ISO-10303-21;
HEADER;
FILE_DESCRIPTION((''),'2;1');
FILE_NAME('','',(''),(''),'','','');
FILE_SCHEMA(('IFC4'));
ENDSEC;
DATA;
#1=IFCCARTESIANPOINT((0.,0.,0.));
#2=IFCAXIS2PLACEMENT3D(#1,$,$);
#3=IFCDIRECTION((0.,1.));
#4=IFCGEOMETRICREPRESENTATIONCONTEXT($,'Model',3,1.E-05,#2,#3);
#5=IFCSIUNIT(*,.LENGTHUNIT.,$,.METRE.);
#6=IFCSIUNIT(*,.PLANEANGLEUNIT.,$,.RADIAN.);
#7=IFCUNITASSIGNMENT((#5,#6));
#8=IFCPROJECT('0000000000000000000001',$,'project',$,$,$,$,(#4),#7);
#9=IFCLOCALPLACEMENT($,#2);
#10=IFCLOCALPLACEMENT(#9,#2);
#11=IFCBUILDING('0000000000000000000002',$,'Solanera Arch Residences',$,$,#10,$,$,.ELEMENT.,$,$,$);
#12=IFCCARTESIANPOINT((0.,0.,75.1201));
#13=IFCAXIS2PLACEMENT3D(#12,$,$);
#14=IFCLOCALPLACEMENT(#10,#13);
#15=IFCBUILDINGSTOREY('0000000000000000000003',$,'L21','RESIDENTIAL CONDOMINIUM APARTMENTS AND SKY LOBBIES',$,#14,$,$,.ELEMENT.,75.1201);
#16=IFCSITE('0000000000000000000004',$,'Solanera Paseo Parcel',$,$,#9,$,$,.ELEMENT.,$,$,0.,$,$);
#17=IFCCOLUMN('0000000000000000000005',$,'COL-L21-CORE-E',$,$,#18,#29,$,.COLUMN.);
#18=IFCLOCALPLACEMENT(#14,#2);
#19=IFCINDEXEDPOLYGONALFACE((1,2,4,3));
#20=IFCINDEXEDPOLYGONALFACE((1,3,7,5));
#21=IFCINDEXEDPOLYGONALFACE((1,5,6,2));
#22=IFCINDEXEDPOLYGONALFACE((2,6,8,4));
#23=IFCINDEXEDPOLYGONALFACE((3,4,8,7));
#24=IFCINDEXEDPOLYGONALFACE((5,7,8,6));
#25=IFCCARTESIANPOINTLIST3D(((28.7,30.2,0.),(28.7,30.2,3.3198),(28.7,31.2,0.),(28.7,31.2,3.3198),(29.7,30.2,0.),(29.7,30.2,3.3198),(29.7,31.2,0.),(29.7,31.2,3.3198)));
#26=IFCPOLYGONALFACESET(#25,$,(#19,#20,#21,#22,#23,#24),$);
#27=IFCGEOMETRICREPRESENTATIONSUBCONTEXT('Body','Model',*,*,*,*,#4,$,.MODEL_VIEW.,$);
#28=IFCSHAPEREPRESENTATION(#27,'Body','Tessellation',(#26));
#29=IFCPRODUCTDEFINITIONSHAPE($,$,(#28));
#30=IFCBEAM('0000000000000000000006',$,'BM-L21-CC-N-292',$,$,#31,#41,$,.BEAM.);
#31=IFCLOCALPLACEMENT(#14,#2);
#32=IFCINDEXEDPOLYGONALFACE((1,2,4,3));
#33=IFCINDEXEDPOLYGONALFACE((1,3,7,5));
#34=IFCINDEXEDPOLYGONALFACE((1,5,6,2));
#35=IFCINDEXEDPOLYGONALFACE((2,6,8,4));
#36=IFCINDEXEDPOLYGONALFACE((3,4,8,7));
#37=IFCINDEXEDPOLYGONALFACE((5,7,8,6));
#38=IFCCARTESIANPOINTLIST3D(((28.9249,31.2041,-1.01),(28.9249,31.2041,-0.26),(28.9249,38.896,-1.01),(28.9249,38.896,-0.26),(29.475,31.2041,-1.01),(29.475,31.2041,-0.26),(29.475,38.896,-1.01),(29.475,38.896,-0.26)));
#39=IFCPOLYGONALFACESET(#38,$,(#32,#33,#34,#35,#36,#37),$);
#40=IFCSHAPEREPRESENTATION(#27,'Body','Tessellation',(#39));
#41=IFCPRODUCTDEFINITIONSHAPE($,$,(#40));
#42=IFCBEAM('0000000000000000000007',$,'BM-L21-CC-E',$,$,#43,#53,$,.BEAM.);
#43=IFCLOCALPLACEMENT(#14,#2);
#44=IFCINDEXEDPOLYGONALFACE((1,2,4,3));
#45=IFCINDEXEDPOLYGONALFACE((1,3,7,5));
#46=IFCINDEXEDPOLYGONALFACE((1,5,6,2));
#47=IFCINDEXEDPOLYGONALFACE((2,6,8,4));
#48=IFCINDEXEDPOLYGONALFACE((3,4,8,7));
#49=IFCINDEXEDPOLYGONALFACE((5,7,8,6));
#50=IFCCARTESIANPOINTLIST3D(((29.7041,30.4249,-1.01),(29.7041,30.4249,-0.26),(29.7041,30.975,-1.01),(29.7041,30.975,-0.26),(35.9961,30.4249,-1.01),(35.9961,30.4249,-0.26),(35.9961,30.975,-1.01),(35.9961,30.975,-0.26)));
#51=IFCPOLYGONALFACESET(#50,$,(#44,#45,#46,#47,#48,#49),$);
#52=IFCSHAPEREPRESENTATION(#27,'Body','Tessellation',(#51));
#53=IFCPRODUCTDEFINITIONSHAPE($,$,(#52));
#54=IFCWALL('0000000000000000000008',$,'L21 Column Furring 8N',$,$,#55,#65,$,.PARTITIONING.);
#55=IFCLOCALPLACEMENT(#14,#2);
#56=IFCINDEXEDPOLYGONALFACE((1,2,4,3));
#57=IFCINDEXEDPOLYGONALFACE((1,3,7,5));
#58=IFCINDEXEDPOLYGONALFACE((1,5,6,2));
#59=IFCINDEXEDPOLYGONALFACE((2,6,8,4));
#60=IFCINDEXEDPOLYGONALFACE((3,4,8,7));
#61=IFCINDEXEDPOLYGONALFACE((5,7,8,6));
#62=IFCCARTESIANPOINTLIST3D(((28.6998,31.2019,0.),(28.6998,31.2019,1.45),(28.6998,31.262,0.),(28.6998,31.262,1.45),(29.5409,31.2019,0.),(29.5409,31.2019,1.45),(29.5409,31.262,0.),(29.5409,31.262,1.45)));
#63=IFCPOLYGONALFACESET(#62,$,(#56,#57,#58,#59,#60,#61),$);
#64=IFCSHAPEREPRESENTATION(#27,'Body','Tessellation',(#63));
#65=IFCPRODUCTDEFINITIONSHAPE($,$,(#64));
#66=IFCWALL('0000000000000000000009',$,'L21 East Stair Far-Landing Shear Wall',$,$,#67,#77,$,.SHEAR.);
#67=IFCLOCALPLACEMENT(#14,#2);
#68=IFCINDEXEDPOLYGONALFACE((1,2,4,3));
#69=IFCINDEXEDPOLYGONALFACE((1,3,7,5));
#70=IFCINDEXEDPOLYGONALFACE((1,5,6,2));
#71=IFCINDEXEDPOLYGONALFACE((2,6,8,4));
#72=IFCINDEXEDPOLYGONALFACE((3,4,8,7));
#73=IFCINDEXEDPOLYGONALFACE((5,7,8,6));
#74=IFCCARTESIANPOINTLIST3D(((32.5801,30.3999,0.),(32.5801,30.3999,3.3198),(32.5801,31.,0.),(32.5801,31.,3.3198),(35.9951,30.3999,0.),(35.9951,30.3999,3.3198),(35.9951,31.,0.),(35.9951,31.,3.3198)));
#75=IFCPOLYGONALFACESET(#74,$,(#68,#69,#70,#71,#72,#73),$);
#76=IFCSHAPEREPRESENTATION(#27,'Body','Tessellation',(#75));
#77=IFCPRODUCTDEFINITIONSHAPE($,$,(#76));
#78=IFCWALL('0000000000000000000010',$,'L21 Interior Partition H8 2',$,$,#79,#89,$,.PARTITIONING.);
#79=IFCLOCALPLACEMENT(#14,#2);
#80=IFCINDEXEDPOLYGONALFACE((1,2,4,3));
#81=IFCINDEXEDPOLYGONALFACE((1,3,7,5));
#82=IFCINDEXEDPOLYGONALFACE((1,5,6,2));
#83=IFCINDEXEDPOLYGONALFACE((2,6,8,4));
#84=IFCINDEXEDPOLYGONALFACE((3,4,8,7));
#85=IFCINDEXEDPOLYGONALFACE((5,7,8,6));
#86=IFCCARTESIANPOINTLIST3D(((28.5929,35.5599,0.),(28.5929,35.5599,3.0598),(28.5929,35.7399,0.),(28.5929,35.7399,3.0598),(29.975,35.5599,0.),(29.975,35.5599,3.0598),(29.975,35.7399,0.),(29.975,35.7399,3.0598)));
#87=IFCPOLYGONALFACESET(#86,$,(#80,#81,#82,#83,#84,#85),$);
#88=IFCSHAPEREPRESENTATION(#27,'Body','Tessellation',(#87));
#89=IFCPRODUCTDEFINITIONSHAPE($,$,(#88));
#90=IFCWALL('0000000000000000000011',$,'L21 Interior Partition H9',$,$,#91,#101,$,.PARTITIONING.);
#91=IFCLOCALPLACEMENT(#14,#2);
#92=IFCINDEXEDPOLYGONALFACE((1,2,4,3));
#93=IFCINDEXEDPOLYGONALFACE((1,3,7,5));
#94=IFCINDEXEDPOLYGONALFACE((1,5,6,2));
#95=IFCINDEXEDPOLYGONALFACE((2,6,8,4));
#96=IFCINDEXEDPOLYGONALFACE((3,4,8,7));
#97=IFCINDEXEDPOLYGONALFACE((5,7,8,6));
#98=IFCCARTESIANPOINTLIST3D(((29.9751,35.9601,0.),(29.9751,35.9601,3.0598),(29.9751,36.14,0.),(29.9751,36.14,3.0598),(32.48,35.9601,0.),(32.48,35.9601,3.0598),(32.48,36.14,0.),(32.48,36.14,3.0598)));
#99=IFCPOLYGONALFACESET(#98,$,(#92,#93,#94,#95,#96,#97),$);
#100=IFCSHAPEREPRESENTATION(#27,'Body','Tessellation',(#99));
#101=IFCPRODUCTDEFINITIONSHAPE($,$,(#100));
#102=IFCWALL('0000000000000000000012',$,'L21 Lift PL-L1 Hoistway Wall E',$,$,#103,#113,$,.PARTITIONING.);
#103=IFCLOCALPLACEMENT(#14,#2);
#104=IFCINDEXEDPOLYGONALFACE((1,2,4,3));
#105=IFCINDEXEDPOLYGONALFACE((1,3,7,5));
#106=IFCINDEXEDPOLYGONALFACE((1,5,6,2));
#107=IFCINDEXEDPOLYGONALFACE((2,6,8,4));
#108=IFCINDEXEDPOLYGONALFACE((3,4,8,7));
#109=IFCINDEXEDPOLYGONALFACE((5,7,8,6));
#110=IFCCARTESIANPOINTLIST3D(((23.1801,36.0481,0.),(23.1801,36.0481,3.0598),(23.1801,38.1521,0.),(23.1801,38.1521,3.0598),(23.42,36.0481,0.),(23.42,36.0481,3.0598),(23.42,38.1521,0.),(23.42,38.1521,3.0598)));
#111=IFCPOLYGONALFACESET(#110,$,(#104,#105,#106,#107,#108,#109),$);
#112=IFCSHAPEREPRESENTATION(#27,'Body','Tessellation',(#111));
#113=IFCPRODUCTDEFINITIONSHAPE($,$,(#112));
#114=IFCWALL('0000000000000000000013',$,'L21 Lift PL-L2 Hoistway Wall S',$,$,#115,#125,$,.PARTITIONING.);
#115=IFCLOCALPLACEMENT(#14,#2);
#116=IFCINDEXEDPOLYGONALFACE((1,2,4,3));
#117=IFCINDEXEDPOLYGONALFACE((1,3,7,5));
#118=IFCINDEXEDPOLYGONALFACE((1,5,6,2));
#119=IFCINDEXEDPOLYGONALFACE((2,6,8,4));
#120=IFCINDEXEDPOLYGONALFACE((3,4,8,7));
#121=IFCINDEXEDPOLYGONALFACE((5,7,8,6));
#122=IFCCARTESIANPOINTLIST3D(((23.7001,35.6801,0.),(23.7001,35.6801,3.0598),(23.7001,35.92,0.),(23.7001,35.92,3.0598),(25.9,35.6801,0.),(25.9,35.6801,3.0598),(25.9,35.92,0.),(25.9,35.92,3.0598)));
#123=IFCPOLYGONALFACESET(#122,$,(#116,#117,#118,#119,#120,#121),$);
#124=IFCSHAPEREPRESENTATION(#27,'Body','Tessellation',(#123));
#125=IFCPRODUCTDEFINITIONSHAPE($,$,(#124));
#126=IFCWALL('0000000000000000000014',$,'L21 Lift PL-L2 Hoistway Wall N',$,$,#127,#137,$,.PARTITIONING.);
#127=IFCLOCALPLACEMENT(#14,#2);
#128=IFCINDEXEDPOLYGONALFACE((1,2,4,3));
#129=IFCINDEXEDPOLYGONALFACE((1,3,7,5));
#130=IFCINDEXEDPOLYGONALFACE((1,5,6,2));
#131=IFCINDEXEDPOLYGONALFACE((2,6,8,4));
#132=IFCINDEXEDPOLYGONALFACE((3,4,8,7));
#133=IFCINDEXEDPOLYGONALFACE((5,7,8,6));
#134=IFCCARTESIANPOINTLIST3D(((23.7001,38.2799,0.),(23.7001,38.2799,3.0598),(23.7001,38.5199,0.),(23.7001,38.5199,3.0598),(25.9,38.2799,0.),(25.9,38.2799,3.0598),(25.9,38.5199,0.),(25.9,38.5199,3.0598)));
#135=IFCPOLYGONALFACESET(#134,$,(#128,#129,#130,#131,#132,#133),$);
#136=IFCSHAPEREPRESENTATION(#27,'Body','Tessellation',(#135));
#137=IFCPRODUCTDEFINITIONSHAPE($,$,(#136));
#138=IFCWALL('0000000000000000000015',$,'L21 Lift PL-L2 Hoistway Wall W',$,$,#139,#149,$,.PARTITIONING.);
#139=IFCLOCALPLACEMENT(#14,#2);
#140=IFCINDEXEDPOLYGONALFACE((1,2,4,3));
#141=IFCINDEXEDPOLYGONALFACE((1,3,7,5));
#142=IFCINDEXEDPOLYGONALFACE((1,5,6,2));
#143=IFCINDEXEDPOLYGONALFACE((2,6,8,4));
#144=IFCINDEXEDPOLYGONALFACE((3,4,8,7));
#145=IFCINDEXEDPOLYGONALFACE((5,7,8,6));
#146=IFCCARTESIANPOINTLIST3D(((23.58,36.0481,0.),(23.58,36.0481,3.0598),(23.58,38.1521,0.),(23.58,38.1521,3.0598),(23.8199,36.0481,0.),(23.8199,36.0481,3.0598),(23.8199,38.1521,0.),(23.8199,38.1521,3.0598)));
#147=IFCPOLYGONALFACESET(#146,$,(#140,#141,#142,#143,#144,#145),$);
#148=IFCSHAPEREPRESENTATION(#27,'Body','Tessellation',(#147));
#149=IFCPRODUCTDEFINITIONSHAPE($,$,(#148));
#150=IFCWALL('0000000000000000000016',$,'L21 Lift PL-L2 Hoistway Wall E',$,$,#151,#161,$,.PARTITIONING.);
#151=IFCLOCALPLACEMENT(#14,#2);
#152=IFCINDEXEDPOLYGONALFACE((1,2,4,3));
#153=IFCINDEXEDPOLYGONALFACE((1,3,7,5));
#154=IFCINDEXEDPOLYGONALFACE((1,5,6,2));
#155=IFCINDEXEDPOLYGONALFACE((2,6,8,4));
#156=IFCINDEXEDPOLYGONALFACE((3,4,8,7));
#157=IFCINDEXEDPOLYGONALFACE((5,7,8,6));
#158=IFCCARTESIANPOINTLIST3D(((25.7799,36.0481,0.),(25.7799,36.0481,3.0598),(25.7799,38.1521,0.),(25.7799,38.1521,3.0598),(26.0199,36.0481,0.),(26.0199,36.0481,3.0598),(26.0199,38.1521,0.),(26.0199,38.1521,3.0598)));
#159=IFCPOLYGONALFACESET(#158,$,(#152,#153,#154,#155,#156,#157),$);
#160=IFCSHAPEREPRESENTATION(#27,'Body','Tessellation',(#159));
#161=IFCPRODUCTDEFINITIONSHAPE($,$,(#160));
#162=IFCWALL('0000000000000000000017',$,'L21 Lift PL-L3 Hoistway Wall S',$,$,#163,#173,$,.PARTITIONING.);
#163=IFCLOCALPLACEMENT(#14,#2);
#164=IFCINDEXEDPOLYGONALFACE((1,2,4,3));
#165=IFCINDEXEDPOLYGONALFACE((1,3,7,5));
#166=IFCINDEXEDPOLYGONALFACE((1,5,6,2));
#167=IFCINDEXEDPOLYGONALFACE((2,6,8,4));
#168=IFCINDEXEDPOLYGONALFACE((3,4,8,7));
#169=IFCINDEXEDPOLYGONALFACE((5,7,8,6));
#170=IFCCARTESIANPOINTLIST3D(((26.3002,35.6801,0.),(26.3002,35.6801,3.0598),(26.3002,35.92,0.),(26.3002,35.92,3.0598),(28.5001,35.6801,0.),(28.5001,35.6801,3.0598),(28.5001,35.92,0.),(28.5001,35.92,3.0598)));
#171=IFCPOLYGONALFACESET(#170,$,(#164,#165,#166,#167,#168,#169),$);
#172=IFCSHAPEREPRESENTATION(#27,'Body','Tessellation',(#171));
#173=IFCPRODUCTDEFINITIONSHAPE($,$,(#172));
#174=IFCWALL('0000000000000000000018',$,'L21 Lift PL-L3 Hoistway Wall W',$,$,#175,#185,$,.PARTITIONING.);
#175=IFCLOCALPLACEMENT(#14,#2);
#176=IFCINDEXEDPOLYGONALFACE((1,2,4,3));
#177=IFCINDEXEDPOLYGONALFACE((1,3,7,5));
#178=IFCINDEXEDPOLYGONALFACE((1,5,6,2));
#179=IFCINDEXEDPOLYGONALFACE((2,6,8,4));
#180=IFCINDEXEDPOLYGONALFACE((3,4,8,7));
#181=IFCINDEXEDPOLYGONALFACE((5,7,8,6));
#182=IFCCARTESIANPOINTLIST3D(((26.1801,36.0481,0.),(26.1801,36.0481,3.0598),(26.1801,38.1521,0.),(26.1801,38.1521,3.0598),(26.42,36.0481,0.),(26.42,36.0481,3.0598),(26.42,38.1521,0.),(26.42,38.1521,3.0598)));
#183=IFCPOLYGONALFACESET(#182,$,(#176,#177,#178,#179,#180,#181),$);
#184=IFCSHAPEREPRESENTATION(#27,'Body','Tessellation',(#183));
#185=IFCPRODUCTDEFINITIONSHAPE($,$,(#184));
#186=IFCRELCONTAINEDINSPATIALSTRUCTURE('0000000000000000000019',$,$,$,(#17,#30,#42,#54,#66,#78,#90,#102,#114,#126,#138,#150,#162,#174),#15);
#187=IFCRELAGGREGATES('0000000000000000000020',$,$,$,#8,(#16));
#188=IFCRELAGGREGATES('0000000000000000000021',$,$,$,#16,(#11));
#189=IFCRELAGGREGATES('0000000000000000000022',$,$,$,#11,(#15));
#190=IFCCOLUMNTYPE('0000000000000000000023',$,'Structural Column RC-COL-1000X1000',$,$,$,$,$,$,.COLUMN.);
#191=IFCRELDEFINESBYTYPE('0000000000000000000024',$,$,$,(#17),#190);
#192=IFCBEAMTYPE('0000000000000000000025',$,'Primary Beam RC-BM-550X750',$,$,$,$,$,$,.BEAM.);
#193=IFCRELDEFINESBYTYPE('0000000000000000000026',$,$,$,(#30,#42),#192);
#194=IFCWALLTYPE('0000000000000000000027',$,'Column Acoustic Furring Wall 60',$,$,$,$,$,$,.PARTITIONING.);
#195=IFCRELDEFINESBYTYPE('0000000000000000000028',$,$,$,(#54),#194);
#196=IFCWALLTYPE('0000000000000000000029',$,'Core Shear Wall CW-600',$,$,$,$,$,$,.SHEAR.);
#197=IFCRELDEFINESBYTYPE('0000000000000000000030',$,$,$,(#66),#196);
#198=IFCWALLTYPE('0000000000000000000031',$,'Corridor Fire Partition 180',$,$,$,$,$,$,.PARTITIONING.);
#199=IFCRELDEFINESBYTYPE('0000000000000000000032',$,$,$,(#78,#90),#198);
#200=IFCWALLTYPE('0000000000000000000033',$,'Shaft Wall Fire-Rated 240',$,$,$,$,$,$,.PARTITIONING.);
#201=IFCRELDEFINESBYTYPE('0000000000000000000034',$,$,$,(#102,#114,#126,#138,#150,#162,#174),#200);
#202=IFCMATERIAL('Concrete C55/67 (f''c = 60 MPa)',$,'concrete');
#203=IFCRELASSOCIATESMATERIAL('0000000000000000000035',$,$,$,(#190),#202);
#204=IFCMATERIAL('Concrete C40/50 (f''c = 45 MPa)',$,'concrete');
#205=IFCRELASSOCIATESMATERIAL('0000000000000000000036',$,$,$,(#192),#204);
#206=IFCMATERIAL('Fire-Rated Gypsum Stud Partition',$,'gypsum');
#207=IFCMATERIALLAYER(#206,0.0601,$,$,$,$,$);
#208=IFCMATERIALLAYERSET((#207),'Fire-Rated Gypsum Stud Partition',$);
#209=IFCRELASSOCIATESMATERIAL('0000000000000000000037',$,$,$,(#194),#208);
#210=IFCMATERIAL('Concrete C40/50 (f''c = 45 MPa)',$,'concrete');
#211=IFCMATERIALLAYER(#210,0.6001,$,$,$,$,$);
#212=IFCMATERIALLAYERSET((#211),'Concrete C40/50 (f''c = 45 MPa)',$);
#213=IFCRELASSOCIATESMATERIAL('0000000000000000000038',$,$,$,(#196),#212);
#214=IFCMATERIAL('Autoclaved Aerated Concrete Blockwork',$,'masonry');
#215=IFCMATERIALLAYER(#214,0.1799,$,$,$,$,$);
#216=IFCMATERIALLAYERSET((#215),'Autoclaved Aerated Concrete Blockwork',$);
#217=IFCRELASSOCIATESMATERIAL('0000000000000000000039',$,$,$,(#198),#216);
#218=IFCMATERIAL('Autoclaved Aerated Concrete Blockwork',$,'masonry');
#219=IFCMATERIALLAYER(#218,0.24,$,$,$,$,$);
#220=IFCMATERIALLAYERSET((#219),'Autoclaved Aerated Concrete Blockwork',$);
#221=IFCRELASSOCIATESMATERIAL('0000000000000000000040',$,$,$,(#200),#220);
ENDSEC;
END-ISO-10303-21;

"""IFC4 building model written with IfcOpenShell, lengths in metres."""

from ifc_helpers import new_model, si_unit, direction, frame, frame_2d, origin, origin_2d, place, context, subcontext, project, spatial, rectangle, extrude, material, layer, layer_set, material_profile, profile_set, type_object, element, save


model = new_model("IFC4")

# Units and contexts
model_context = context("Model", 3, precision=1e-05, world=origin(), true_north=direction((0.0, 1.0)))
body_context = subcontext(model_context, "Body", "Model", "MODEL_VIEW")
ifc_project = project(units=[si_unit("LENGTHUNIT", "METRE"), si_unit("PLANEANGLEUNIT", "RADIAN")], contexts=[model_context])

# Site, building, storey
site_placement = place(None, origin())
site = spatial("IfcSite", under=ifc_project, at=site_placement, Name="Solanera Paseo Parcel", CompositionType="ELEMENT", RefElevation=0.0)
building_placement = place(site_placement, origin())
building = spatial("IfcBuilding", under=site, at=building_placement, Name="Solanera Arch Residences", CompositionType="ELEMENT")
storey_placement = place(building_placement, frame((0.0, 0.0, 75.1201)))
storey = spatial("IfcBuildingStorey", under=building, at=storey_placement, Name="L21", Description="RESIDENTIAL CONDOMINIUM APARTMENTS AND SKY LOBBIES", CompositionType="ELEMENT", Elevation=75.1201)

# Column
ifc_material_1 = material(Name="Concrete C55/67 (f'c = 60 MPa)", Category="concrete")
ifc_material_profile_1 = material_profile(ifc_material_1, rectangle(XDim=1.0, YDim=1.0, at=origin_2d()))
ifc_profile_set_1 = profile_set([ifc_material_profile_1], Name="Concrete C55/67 (f'c = 60 MPa)")
column_type = type_object("IfcColumnType", Name="Structural Column RC-COL-1000X1000", PredefinedType="COLUMN", material=ifc_profile_set_1)
column_placement = place(storey_placement, frame((29.2, 30.7, 0.0), z_axis=(0.0, 0.0, 1.0), x_axis=(1.0, 0.0, 0.0)))
element("IfcColumn", 1, at=column_placement, inside=storey, type_object=column_type, Name="COL-L21-CORE-E", PredefinedType="COLUMN", context=body_context, shape_type="SweptSolid", body=[
    extrude(rectangle(XDim=1.0, YDim=1.0, at=origin_2d()), origin(), (0.0, 0.0, 1.0), 3.3198),
])

# Beams
ifc_material_2 = material(Name="Concrete C40/50 (f'c = 45 MPa)", Category="concrete")
ifc_material_profile_2 = material_profile(ifc_material_2, rectangle(XDim=0.55, YDim=0.75, at=origin_2d()))
ifc_profile_set_2 = profile_set([ifc_material_profile_2], Name="Concrete C40/50 (f'c = 45 MPa)")
beam_type = type_object("IfcBeamType", Name="Primary Beam RC-BM-550X750", PredefinedType="BEAM", material=ifc_profile_set_2)
beam_1_placement = place(storey_placement, frame((29.2, 31.2041, -0.635), z_axis=(0.0, 1.0, 0.0), x_axis=(-1.0, 0.0, 0.0)))
element("IfcBeam", 2, at=beam_1_placement, inside=storey, type_object=beam_type, Name="BM-L21-CC-N-292", PredefinedType="BEAM", context=body_context, shape_type="SweptSolid", body=[
    extrude(rectangle(XDim=0.55, YDim=0.75, at=origin_2d()), origin(), (0.0, 0.0, 1.0), 7.6919),
])
beam_2_placement = place(storey_placement, frame((29.7041, 30.7, -0.635), z_axis=(1.0, 0.0, 0.0), x_axis=(0.0, 1.0, 0.0)))
element("IfcBeam", 3, at=beam_2_placement, inside=storey, type_object=beam_type, Name="BM-L21-CC-E", PredefinedType="BEAM", context=body_context, shape_type="SweptSolid", body=[
    extrude(rectangle(XDim=0.55, YDim=0.75, at=origin_2d()), origin(), (0.0, 0.0, 1.0), 6.292),
])

# Wall
ifc_material_3 = material(Name="Fire-Rated Gypsum Stud Partition", Category="gypsum")
ifc_layer_1 = layer(ifc_material_3, 0.0601)
ifc_layer_set_1 = layer_set([ifc_layer_1], Name="Fire-Rated Gypsum Stud Partition")
wall_type_1 = type_object("IfcWallType", Name="Column Acoustic Furring Wall 60", PredefinedType="PARTITIONING", material=ifc_layer_set_1)
wall_1_placement = place(storey_placement, frame((28.7, 31.2319, 0.0), z_axis=(0.0, 0.0, 1.0), x_axis=(1.0, 0.0, 0.0)))
element("IfcWall", 4, at=wall_1_placement, inside=storey, type_object=wall_type_1, Name="L21 Column Furring 8N", PredefinedType="PARTITIONING", context=body_context, shape_type="SweptSolid", body=[
    extrude(rectangle(XDim=0.8411, YDim=0.0601, at=frame_2d((0.4204, 0.0))), origin(), (0.0, 0.0, 1.0), 1.45),
])

# Walls
ifc_material_4 = material(Name="Concrete C40/50 (f'c = 45 MPa)", Category="concrete")
ifc_layer_2 = layer(ifc_material_4, 0.6001)
ifc_layer_set_2 = layer_set([ifc_layer_2], Name="Concrete C40/50 (f'c = 45 MPa)")
wall_type_2 = type_object("IfcWallType", Name="Core Shear Wall CW-600", PredefinedType="SHEAR", material=ifc_layer_set_2)
wall_2_placement = place(storey_placement, frame((32.5801, 30.7, 0.0), z_axis=(0.0, 0.0, 1.0), x_axis=(1.0, 0.0, 0.0)))
element("IfcWall", 5, at=wall_2_placement, inside=storey, type_object=wall_type_2, Name="L21 East Stair Far-Landing Shear Wall", PredefinedType="SHEAR", context=body_context, shape_type="SweptSolid", body=[
    extrude(rectangle(XDim=3.415, YDim=0.6001, at=frame_2d((1.7075, 0.0))), origin(), (0.0, 0.0, 1.0), 3.3198),
])
ifc_material_5 = material(Name="Autoclaved Aerated Concrete Blockwork", Category="masonry")
ifc_layer_3 = layer(ifc_material_5, 0.1799)
ifc_layer_set_3 = layer_set([ifc_layer_3], Name="Autoclaved Aerated Concrete Blockwork")
wall_type_3 = type_object("IfcWallType", Name="Corridor Fire Partition 180", PredefinedType="PARTITIONING", material=ifc_layer_set_3)
wall_3_placement = place(storey_placement, frame((28.593, 35.6499, 0.0), z_axis=(0.0, 0.0, 1.0), x_axis=(1.0, 0.0, 0.0)))
element("IfcWall", 6, at=wall_3_placement, inside=storey, type_object=wall_type_3, Name="L21 Interior Partition H8 2", PredefinedType="PARTITIONING", context=body_context, shape_type="SweptSolid", body=[
    extrude(rectangle(XDim=1.3821, YDim=0.1799, at=frame_2d((0.6909, 0.0))), origin(), (0.0, 0.0, 1.0), 3.0598),
])
wall_4_placement = place(storey_placement, frame((29.9751, 36.05, 0.0), z_axis=(0.0, 0.0, 1.0), x_axis=(1.0, 0.0, 0.0)))
element("IfcWall", 7, at=wall_4_placement, inside=storey, type_object=wall_type_3, Name="L21 Interior Partition H9", PredefinedType="PARTITIONING", context=body_context, shape_type="SweptSolid", body=[
    extrude(rectangle(XDim=2.5049, YDim=0.1799, at=frame_2d((1.2524, 0.0))), origin(), (0.0, 0.0, 1.0), 3.0598),
])
ifc_material_6 = material(Name="Autoclaved Aerated Concrete Blockwork", Category="masonry")
ifc_layer_4 = layer(ifc_material_6, 0.24)
ifc_layer_set_4 = layer_set([ifc_layer_4], Name="Autoclaved Aerated Concrete Blockwork")
wall_type_4 = type_object("IfcWallType", Name="Shaft Wall Fire-Rated 240", PredefinedType="PARTITIONING", material=ifc_layer_set_4)
wall_5_placement = place(storey_placement, frame((23.3, 36.0481, 0.0), z_axis=(0.0, 0.0, 1.0), x_axis=(0.0, 1.0, 0.0)))
element("IfcWall", 8, at=wall_5_placement, inside=storey, type_object=wall_type_4, Name="L21 Lift PL-L1 Hoistway Wall E", PredefinedType="PARTITIONING", context=body_context, shape_type="SweptSolid", body=[
    extrude(rectangle(XDim=2.104, YDim=0.24, at=frame_2d((1.052, 0.0))), origin(), (0.0, 0.0, 1.0), 3.0598),
])
for number, where, z_axis, x_axis, name in (
    (9, (23.7, 35.8, 0.0), (0.0, 0.0, 1.0), (1.0, 0.0, 0.0), "L21 Lift PL-L2 Hoistway Wall S"),
    (10, (23.7, 38.3999, 0.0), (0.0, 0.0, 1.0), (1.0, 0.0, 0.0), "L21 Lift PL-L2 Hoistway Wall N"),
):
    element("IfcWall", number, at=place(storey_placement, frame(where, z_axis=z_axis, x_axis=x_axis)), inside=storey, type_object=wall_type_4, Name=name, PredefinedType="PARTITIONING", context=body_context, shape_type="SweptSolid", body=[
        extrude(rectangle(XDim=2.2, YDim=0.24, at=frame_2d((1.1001, 0.0))), origin(), (0.0, 0.0, 1.0), 3.0598),
    ])
for number, where, z_axis, x_axis, name in (
    (11, (23.7, 36.0481, 0.0), (0.0, 0.0, 1.0), (0.0, 1.0, 0.0), "L21 Lift PL-L2 Hoistway Wall W"),
    (12, (25.8999, 36.0481, 0.0), (0.0, 0.0, 1.0), (0.0, 1.0, 0.0), "L21 Lift PL-L2 Hoistway Wall E"),
):
    element("IfcWall", number, at=place(storey_placement, frame(where, z_axis=z_axis, x_axis=x_axis)), inside=storey, type_object=wall_type_4, Name=name, PredefinedType="PARTITIONING", context=body_context, shape_type="SweptSolid", body=[
        extrude(rectangle(XDim=2.104, YDim=0.24, at=frame_2d((1.052, 0.0))), origin(), (0.0, 0.0, 1.0), 3.0598),
    ])
wall_6_placement = place(storey_placement, frame((26.3, 35.8, 0.0), z_axis=(0.0, 0.0, 1.0), x_axis=(1.0, 0.0, 0.0)))
element("IfcWall", 13, at=wall_6_placement, inside=storey, type_object=wall_type_4, Name="L21 Lift PL-L3 Hoistway Wall S", PredefinedType="PARTITIONING", context=body_context, shape_type="SweptSolid", body=[
    extrude(rectangle(XDim=2.2, YDim=0.24, at=frame_2d((1.1001, 0.0))), origin(), (0.0, 0.0, 1.0), 3.0598),
])
for number, where, z_axis, x_axis, name in (
    (14, (26.3, 36.0481, 0.0), (0.0, 0.0, 1.0), (0.0, 1.0, 0.0), "L21 Lift PL-L3 Hoistway Wall W"),
):
    element("IfcWall", number, at=place(storey_placement, frame(where, z_axis=z_axis, x_axis=x_axis)), inside=storey, type_object=wall_type_4, Name=name, PredefinedType="PARTITIONING", context=body_context, shape_type="SweptSolid", body=[
        extrude(rectangle(XDim=2.104, YDim=0.24, at=frame_2d((1.052, 0.0))), origin(), (0.0, 0.0, 1.0), 3.0598),
    ])

save(model, "model.ifc")
